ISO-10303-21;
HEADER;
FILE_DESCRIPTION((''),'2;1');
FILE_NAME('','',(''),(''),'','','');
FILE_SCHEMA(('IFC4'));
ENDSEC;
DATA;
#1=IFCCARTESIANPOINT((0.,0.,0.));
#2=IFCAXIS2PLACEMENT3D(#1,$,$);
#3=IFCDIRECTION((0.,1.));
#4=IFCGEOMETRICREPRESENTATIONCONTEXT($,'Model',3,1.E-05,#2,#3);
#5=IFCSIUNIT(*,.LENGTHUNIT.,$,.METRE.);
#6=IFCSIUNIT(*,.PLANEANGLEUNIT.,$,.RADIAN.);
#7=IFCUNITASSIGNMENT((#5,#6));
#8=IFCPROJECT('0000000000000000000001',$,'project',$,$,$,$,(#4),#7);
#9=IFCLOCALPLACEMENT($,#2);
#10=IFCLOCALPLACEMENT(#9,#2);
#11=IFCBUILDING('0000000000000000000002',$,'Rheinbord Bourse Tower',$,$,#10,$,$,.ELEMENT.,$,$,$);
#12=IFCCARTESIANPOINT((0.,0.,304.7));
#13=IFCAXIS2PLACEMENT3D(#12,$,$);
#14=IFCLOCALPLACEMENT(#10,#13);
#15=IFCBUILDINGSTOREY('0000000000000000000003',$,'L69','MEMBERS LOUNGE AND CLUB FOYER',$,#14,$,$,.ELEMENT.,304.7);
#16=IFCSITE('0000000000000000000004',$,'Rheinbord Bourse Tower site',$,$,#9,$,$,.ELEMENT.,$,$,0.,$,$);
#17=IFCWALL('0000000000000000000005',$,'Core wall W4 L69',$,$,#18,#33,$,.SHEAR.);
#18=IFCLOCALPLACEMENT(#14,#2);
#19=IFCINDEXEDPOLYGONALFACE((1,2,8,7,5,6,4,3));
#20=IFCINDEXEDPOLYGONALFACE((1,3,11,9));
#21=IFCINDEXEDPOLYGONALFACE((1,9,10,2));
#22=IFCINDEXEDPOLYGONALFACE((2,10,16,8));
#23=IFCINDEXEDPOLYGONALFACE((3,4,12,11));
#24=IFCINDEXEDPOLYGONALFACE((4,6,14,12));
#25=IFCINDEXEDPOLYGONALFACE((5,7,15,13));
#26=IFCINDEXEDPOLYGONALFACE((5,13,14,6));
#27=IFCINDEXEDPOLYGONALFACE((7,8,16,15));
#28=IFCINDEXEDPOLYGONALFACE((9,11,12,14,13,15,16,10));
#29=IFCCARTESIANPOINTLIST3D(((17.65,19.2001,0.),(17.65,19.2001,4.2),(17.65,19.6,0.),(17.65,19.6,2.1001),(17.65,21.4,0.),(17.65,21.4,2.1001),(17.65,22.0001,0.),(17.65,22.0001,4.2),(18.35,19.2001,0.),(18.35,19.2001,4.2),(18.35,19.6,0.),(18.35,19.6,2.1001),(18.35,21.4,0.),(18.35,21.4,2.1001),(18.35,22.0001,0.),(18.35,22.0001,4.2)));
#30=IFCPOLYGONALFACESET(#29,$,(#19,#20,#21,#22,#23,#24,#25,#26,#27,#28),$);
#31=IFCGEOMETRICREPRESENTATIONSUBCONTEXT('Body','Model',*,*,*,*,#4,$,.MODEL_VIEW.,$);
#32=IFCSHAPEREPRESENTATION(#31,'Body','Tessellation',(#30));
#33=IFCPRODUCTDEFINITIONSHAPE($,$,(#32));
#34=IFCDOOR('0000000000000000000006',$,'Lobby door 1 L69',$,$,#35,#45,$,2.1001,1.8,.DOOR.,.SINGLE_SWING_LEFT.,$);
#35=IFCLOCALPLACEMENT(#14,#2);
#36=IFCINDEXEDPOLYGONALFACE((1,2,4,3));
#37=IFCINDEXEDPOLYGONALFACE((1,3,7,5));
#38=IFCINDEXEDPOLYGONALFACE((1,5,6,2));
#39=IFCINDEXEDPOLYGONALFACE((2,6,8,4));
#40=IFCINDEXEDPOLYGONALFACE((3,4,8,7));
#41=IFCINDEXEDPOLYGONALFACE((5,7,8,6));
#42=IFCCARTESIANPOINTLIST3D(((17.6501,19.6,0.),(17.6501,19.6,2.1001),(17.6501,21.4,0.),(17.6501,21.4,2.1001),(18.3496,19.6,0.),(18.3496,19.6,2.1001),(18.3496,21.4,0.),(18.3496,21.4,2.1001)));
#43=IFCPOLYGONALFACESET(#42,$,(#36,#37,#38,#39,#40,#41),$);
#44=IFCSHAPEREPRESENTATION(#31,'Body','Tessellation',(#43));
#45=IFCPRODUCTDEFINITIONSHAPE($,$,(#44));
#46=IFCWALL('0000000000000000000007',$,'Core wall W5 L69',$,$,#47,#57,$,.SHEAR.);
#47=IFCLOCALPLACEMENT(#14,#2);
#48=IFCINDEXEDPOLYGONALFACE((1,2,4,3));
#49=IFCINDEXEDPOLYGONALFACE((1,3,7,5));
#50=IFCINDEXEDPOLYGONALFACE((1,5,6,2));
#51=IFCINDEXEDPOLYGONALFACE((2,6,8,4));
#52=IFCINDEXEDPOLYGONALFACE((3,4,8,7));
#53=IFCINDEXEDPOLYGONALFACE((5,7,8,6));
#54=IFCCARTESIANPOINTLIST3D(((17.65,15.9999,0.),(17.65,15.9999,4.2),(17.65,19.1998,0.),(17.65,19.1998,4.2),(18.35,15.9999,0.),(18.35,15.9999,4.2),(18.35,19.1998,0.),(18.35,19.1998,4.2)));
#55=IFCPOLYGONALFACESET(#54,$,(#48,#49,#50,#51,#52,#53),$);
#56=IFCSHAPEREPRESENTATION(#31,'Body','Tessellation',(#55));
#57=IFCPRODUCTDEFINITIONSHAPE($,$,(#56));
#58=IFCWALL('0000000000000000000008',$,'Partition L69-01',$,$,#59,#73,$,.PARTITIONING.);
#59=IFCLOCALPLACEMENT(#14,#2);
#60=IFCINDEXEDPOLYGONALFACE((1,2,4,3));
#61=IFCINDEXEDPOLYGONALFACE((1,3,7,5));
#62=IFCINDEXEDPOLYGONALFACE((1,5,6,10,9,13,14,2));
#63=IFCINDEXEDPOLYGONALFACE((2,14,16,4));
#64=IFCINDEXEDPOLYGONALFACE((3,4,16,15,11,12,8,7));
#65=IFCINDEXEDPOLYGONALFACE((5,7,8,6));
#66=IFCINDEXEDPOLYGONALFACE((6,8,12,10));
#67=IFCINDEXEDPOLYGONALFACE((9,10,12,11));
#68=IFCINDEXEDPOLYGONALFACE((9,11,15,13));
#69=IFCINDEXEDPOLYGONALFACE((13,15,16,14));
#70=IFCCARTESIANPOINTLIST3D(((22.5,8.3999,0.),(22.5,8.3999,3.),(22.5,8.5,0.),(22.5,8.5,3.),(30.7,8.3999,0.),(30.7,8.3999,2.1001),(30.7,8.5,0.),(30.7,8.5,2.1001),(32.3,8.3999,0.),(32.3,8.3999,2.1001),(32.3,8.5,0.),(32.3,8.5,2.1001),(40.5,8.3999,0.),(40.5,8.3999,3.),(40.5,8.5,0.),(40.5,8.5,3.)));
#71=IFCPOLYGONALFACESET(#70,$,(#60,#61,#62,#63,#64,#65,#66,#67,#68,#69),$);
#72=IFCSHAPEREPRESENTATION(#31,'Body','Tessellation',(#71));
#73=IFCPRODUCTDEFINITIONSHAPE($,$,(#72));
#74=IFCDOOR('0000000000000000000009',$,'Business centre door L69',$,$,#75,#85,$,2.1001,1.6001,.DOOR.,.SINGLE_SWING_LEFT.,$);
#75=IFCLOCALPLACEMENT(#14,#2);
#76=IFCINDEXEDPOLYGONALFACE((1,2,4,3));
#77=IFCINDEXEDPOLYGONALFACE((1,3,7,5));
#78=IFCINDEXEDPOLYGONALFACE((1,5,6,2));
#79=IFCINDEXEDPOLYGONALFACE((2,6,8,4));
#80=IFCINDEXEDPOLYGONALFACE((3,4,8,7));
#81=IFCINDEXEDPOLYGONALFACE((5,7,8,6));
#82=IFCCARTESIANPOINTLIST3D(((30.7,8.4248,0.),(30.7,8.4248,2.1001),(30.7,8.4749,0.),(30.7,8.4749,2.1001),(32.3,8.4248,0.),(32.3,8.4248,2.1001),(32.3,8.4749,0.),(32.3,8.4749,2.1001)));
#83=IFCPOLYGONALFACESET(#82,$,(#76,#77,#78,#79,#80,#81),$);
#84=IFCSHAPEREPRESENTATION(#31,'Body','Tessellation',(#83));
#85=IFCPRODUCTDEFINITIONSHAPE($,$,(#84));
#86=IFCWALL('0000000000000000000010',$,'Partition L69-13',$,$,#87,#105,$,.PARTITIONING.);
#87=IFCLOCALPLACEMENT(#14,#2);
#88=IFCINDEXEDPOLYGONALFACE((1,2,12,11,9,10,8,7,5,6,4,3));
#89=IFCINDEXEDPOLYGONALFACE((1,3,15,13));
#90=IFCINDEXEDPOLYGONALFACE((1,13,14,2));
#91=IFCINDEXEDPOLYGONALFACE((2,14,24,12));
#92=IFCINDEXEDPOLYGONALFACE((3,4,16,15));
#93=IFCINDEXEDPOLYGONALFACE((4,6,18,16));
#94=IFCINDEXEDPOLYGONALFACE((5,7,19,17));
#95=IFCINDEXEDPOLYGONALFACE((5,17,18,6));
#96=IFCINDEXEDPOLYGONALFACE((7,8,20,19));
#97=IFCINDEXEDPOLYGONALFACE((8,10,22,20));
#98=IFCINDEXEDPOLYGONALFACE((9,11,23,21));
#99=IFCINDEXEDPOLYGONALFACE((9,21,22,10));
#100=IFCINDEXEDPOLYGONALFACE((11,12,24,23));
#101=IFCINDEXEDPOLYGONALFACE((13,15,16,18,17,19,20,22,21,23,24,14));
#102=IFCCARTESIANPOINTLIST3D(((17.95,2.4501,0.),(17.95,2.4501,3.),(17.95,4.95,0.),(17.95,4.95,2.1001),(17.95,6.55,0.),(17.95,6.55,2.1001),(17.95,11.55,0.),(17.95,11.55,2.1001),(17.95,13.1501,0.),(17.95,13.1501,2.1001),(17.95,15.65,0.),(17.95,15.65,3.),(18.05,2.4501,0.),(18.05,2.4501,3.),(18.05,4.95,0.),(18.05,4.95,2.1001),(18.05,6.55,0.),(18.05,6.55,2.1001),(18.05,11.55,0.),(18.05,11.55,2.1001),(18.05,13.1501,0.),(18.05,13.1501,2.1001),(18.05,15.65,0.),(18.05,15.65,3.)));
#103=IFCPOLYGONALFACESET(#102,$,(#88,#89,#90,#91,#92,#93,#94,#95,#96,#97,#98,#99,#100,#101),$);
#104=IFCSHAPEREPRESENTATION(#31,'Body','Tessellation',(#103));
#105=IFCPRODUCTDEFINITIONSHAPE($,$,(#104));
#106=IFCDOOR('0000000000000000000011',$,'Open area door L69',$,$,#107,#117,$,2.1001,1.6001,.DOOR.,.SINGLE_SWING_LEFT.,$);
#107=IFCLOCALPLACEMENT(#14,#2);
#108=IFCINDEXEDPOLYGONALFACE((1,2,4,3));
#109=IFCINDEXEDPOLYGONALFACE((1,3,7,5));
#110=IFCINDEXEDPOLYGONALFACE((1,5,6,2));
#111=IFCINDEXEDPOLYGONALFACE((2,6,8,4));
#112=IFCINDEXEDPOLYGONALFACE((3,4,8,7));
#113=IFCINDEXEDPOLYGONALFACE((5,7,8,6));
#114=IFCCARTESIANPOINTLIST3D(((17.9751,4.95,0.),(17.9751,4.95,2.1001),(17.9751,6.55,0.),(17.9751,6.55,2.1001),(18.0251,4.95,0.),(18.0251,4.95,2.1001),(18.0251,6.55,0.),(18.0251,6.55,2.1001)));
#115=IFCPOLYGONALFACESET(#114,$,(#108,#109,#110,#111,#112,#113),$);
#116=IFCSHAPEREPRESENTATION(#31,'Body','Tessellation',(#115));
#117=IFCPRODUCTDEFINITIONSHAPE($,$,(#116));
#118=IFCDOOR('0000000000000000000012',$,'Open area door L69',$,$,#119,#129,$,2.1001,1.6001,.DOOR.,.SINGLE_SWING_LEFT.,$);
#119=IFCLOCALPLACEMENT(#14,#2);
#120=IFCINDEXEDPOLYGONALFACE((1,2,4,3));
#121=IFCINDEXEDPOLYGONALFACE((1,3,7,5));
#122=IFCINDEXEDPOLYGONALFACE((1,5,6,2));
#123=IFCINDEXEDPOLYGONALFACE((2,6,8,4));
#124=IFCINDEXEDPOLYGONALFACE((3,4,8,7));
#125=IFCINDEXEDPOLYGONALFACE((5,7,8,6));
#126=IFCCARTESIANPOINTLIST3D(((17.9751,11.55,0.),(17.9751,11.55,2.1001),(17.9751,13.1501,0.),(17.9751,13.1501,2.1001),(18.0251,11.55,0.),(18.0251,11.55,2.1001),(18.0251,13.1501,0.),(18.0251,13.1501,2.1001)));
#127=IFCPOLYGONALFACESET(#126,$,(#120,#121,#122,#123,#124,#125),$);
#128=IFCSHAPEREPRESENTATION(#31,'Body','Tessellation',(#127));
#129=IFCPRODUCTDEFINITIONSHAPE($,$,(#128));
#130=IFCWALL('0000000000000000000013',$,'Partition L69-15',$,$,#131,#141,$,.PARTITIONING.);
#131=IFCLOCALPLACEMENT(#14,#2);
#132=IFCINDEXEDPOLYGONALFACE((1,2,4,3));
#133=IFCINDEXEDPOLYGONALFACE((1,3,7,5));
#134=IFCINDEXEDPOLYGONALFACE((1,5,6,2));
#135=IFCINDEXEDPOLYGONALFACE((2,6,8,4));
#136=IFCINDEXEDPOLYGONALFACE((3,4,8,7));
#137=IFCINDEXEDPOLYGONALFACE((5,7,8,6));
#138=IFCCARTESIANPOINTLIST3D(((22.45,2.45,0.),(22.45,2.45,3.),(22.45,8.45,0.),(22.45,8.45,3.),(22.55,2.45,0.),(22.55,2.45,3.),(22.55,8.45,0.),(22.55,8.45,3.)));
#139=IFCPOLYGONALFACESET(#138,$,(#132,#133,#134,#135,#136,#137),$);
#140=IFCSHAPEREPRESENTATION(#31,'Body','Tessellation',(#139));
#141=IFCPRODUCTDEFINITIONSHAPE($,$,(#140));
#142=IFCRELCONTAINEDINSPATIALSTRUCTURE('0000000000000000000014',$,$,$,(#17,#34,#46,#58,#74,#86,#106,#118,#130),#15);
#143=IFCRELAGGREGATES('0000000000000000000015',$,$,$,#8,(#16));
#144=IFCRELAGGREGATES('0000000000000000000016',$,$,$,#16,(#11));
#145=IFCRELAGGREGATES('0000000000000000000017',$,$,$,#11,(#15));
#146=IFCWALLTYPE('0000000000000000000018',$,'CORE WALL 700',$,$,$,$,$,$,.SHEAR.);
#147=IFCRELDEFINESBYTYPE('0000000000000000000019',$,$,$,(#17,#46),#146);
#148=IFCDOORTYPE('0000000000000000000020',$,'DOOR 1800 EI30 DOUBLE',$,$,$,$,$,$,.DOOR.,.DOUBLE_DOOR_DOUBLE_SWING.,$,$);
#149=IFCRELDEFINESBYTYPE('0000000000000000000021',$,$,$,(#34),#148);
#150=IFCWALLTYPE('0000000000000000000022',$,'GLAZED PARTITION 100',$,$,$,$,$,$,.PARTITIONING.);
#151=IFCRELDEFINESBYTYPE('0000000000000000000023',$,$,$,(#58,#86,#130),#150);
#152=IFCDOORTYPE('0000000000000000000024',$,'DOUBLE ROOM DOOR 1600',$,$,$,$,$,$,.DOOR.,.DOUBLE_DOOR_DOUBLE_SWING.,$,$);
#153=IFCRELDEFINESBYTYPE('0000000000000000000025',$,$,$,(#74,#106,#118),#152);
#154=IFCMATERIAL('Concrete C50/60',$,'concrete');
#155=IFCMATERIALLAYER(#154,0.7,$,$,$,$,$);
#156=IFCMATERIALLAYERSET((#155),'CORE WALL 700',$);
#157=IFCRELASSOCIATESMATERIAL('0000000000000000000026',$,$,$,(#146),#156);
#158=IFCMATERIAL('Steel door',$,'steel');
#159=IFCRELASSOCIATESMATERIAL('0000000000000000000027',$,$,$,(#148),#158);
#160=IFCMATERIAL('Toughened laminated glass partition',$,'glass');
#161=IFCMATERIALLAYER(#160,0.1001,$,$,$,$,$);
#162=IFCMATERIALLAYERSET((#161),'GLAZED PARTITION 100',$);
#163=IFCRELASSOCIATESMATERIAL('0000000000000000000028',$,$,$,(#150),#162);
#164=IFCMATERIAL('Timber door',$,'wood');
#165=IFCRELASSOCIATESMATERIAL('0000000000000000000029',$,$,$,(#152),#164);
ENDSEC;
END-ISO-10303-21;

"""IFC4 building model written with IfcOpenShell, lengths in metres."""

from ifc_helpers import new_model, si_unit, direction, frame, frame_2d, origin, place, context, subcontext, project, spatial, rectangle, extrude, material, layer, layer_set, type_object, element, fill, save


model = new_model("IFC4")

# Units and contexts
model_context = context("Model", 3, precision=1e-05, world=origin(), true_north=direction((0.0, 1.0)))
body_context = subcontext(model_context, "Body", "Model", "MODEL_VIEW")
ifc_project = project(units=[si_unit("LENGTHUNIT", "METRE"), si_unit("PLANEANGLEUNIT", "RADIAN")], contexts=[model_context])

# Site, building, storey
site_placement = place(None, origin())
site = spatial("IfcSite", under=ifc_project, at=site_placement, Name="Rheinbord Bourse Tower site", CompositionType="ELEMENT", RefElevation=0.0)
building_placement = place(site_placement, origin())
building = spatial("IfcBuilding", under=site, at=building_placement, Name="Rheinbord Bourse Tower", CompositionType="ELEMENT")
storey_placement = place(building_placement, frame((0.0, 0.0, 304.7)))
storey = spatial("IfcBuildingStorey", under=building, at=storey_placement, Name="L69", Description="MEMBERS LOUNGE AND CLUB FOYER", CompositionType="ELEMENT", Elevation=304.7)

# Shared definitions
ifc_material_1 = material(Name="Concrete C50/60", Category="concrete")
ifc_layer_1 = layer(ifc_material_1, 0.7)
ifc_layer_set_1 = layer_set([ifc_layer_1], Name="CORE WALL 700")
wall_type_1 = type_object("IfcWallType", Name="CORE WALL 700", PredefinedType="SHEAR", material=ifc_layer_set_1)

# Wall, opening, door
wall_1_placement = place(storey_placement, frame((18.0, 22.0, 0.0), z_axis=(0.0, 0.0, 1.0), x_axis=(0.0, -1.0, 0.0)))
wall_1 = element("IfcWall", 1, at=wall_1_placement, inside=storey, type_object=wall_type_1, Name="Core wall W4 L69", PredefinedType="SHEAR", context=body_context, shape_type="SweptSolid", body=[
    extrude(rectangle(XDim=2.8, YDim=0.7, at=frame_2d((1.3999, 0.0))), origin(), (0.0, 0.0, 1.0), 4.2),
])
opening_1_placement = place(wall_1_placement, frame((0.6001, 0.0, 0.0)))
opening_1 = element("IfcOpeningElement", 2, at=opening_1_placement, cuts=wall_1, PredefinedType="OPENING", context=body_context, shape_type="SweptSolid", body=[
    extrude(rectangle(XDim=1.8, YDim=2.1001, at=frame_2d((0.8999, 1.05))), frame((0.0, 0.3599, 0.0), z_axis=(0.0, -1.0, 0.0), x_axis=(1.0, 0.0, 0.0)), (0.0, 0.0, 1.0), 0.72),
])
ifc_material_2 = material(Name="Steel door", Category="steel")
door_type_1 = type_object("IfcDoorType", Name="DOOR 1800 EI30 DOUBLE", OperationType="DOUBLE_DOOR_DOUBLE_SWING", PredefinedType="DOOR", material=ifc_material_2)
door_1_placement = place(opening_1_placement, origin())
door_1 = element("IfcDoor", 3, at=door_1_placement, inside=storey, type_object=door_type_1, Name="Lobby door 1 L69", OperationType="SINGLE_SWING_LEFT", OverallHeight=2.1001, OverallWidth=1.8, PredefinedType="DOOR", context=body_context, shape_type="SweptSolid", body=[
    extrude(rectangle(XDim=1.8, YDim=2.1001, at=frame_2d((0.8999, 1.05))), frame((0.0, 0.3496, 0.0), z_axis=(0.0, -1.0, 0.0), x_axis=(1.0, 0.0, 0.0)), (0.0, 0.0, 1.0), 0.6995),
])
fill(opening_1, door_1)

# Wall
wall_2_placement = place(storey_placement, frame((18.0, 19.2, 0.0), z_axis=(0.0, 0.0, 1.0), x_axis=(0.0, -1.0, 0.0)))
element("IfcWall", 4, at=wall_2_placement, inside=storey, type_object=wall_type_1, Name="Core wall W5 L69", PredefinedType="SHEAR", context=body_context, shape_type="SweptSolid", body=[
    extrude(rectangle(XDim=3.2, YDim=0.7, at=frame_2d((1.6001, 0.0))), origin(), (0.0, 0.0, 1.0), 4.2),
])

# Wall, opening, door
ifc_material_3 = material(Name="Toughened laminated glass partition", Category="glass")
ifc_layer_2 = layer(ifc_material_3, 0.1001)
ifc_layer_set_2 = layer_set([ifc_layer_2], Name="GLAZED PARTITION 100")
wall_type_2 = type_object("IfcWallType", Name="GLAZED PARTITION 100", PredefinedType="PARTITIONING", material=ifc_layer_set_2)
wall_3_placement = place(storey_placement, frame((22.5, 8.45, 0.0), z_axis=(0.0, 0.0, 1.0), x_axis=(1.0, 0.0, 0.0)))
wall_3 = element("IfcWall", 5, at=wall_3_placement, inside=storey, type_object=wall_type_2, Name="Partition L69-01", PredefinedType="PARTITIONING", context=body_context, shape_type="SweptSolid", body=[
    extrude(rectangle(XDim=18.0, YDim=0.1001, at=frame_2d((9.0, 0.0))), origin(), (0.0, 0.0, 1.0), 3.0),
])
opening_2_placement = place(wall_3_placement, frame((8.2, 0.0, 0.0)))
opening_2 = element("IfcOpeningElement", 6, at=opening_2_placement, cuts=wall_3, PredefinedType="OPENING", context=body_context, shape_type="SweptSolid", body=[
    extrude(rectangle(XDim=1.6001, YDim=2.1001, at=frame_2d((0.8, 1.05))), frame((0.0, 0.0601, 0.0), z_axis=(0.0, -1.0, 0.0), x_axis=(1.0, 0.0, 0.0)), (0.0, 0.0, 1.0), 0.1201),
])
ifc_material_4 = material(Name="Timber door", Category="wood")
door_type_2 = type_object("IfcDoorType", Name="DOUBLE ROOM DOOR 1600", OperationType="DOUBLE_DOOR_DOUBLE_SWING", PredefinedType="DOOR", material=ifc_material_4)
door_2_placement = place(opening_2_placement, origin())
door_2 = element("IfcDoor", 7, at=door_2_placement, inside=storey, type_object=door_type_2, Name="Business centre door L69", OperationType="SINGLE_SWING_LEFT", OverallHeight=2.1001, OverallWidth=1.6001, PredefinedType="DOOR", context=body_context, shape_type="SweptSolid", body=[
    extrude(rectangle(XDim=1.6001, YDim=2.1001, at=frame_2d((0.8, 1.05))), frame((0.0, 0.0249, 0.0), z_axis=(0.0, -1.0, 0.0), x_axis=(1.0, 0.0, 0.0)), (0.0, 0.0, 1.0), 0.05),
])
fill(opening_2, door_2)

# Wall, openings, doors
wall_4_placement = place(storey_placement, frame((18.0, 2.45, 0.0), z_axis=(0.0, 0.0, 1.0), x_axis=(0.0, 1.0, 0.0)))
wall_4 = element("IfcWall", 8, at=wall_4_placement, inside=storey, type_object=wall_type_2, Name="Partition L69-13", PredefinedType="PARTITIONING", context=body_context, shape_type="SweptSolid", body=[
    extrude(rectangle(XDim=13.2, YDim=0.1001, at=frame_2d((6.6001, 0.0))), origin(), (0.0, 0.0, 1.0), 3.0),
])
opening_3_placement = place(wall_4_placement, frame((2.5, 0.0, 0.0)))
opening_3 = element("IfcOpeningElement", 9, at=opening_3_placement, cuts=wall_4, PredefinedType="OPENING", context=body_context, shape_type="SweptSolid", body=[
    extrude(rectangle(XDim=1.6001, YDim=2.1001, at=frame_2d((0.8, 1.05))), frame((0.0, 0.0601, 0.0), z_axis=(0.0, -1.0, 0.0), x_axis=(1.0, 0.0, 0.0)), (0.0, 0.0, 1.0), 0.1201),
])
opening_4_placement = place(wall_4_placement, frame((9.1001, 0.0, 0.0)))
opening_4 = element("IfcOpeningElement", 10, at=opening_4_placement, cuts=wall_4, PredefinedType="OPENING", context=body_context, shape_type="SweptSolid", body=[
    extrude(rectangle(XDim=1.6001, YDim=2.1001, at=frame_2d((0.8, 1.05))), frame((0.0, 0.0601, 0.0), z_axis=(0.0, -1.0, 0.0), x_axis=(1.0, 0.0, 0.0)), (0.0, 0.0, 1.0), 0.1201),
])
door_3_placement = place(opening_3_placement, origin())
door_3 = element("IfcDoor", 11, at=door_3_placement, inside=storey, type_object=door_type_2, Name="Open area door L69", OperationType="SINGLE_SWING_LEFT", OverallHeight=2.1001, OverallWidth=1.6001, PredefinedType="DOOR", context=body_context, shape_type="SweptSolid", body=[
    extrude(rectangle(XDim=1.6001, YDim=2.1001, at=frame_2d((0.8, 1.05))), frame((0.0, 0.0249, 0.0), z_axis=(0.0, -1.0, 0.0), x_axis=(1.0, 0.0, 0.0)), (0.0, 0.0, 1.0), 0.05),
])
fill(opening_3, door_3)
door_4_placement = place(opening_4_placement, origin())
door_4 = element("IfcDoor", 12, at=door_4_placement, inside=storey, type_object=door_type_2, Name="Open area door L69", OperationType="SINGLE_SWING_LEFT", OverallHeight=2.1001, OverallWidth=1.6001, PredefinedType="DOOR", context=body_context, shape_type="SweptSolid", body=[
    extrude(rectangle(XDim=1.6001, YDim=2.1001, at=frame_2d((0.8, 1.05))), frame((0.0, 0.0249, 0.0), z_axis=(0.0, -1.0, 0.0), x_axis=(1.0, 0.0, 0.0)), (0.0, 0.0, 1.0), 0.05),
])
fill(opening_4, door_4)

# Wall
wall_5_placement = place(storey_placement, frame((22.5, 2.45, 0.0), z_axis=(0.0, 0.0, 1.0), x_axis=(0.0, 1.0, 0.0)))
element("IfcWall", 13, at=wall_5_placement, inside=storey, type_object=wall_type_2, Name="Partition L69-15", PredefinedType="PARTITIONING", context=body_context, shape_type="SweptSolid", body=[
    extrude(rectangle(XDim=6.0, YDim=0.1001, at=frame_2d((3.0, 0.0))), origin(), (0.0, 0.0, 1.0), 3.0),
])

save(model, "model.ifc")
